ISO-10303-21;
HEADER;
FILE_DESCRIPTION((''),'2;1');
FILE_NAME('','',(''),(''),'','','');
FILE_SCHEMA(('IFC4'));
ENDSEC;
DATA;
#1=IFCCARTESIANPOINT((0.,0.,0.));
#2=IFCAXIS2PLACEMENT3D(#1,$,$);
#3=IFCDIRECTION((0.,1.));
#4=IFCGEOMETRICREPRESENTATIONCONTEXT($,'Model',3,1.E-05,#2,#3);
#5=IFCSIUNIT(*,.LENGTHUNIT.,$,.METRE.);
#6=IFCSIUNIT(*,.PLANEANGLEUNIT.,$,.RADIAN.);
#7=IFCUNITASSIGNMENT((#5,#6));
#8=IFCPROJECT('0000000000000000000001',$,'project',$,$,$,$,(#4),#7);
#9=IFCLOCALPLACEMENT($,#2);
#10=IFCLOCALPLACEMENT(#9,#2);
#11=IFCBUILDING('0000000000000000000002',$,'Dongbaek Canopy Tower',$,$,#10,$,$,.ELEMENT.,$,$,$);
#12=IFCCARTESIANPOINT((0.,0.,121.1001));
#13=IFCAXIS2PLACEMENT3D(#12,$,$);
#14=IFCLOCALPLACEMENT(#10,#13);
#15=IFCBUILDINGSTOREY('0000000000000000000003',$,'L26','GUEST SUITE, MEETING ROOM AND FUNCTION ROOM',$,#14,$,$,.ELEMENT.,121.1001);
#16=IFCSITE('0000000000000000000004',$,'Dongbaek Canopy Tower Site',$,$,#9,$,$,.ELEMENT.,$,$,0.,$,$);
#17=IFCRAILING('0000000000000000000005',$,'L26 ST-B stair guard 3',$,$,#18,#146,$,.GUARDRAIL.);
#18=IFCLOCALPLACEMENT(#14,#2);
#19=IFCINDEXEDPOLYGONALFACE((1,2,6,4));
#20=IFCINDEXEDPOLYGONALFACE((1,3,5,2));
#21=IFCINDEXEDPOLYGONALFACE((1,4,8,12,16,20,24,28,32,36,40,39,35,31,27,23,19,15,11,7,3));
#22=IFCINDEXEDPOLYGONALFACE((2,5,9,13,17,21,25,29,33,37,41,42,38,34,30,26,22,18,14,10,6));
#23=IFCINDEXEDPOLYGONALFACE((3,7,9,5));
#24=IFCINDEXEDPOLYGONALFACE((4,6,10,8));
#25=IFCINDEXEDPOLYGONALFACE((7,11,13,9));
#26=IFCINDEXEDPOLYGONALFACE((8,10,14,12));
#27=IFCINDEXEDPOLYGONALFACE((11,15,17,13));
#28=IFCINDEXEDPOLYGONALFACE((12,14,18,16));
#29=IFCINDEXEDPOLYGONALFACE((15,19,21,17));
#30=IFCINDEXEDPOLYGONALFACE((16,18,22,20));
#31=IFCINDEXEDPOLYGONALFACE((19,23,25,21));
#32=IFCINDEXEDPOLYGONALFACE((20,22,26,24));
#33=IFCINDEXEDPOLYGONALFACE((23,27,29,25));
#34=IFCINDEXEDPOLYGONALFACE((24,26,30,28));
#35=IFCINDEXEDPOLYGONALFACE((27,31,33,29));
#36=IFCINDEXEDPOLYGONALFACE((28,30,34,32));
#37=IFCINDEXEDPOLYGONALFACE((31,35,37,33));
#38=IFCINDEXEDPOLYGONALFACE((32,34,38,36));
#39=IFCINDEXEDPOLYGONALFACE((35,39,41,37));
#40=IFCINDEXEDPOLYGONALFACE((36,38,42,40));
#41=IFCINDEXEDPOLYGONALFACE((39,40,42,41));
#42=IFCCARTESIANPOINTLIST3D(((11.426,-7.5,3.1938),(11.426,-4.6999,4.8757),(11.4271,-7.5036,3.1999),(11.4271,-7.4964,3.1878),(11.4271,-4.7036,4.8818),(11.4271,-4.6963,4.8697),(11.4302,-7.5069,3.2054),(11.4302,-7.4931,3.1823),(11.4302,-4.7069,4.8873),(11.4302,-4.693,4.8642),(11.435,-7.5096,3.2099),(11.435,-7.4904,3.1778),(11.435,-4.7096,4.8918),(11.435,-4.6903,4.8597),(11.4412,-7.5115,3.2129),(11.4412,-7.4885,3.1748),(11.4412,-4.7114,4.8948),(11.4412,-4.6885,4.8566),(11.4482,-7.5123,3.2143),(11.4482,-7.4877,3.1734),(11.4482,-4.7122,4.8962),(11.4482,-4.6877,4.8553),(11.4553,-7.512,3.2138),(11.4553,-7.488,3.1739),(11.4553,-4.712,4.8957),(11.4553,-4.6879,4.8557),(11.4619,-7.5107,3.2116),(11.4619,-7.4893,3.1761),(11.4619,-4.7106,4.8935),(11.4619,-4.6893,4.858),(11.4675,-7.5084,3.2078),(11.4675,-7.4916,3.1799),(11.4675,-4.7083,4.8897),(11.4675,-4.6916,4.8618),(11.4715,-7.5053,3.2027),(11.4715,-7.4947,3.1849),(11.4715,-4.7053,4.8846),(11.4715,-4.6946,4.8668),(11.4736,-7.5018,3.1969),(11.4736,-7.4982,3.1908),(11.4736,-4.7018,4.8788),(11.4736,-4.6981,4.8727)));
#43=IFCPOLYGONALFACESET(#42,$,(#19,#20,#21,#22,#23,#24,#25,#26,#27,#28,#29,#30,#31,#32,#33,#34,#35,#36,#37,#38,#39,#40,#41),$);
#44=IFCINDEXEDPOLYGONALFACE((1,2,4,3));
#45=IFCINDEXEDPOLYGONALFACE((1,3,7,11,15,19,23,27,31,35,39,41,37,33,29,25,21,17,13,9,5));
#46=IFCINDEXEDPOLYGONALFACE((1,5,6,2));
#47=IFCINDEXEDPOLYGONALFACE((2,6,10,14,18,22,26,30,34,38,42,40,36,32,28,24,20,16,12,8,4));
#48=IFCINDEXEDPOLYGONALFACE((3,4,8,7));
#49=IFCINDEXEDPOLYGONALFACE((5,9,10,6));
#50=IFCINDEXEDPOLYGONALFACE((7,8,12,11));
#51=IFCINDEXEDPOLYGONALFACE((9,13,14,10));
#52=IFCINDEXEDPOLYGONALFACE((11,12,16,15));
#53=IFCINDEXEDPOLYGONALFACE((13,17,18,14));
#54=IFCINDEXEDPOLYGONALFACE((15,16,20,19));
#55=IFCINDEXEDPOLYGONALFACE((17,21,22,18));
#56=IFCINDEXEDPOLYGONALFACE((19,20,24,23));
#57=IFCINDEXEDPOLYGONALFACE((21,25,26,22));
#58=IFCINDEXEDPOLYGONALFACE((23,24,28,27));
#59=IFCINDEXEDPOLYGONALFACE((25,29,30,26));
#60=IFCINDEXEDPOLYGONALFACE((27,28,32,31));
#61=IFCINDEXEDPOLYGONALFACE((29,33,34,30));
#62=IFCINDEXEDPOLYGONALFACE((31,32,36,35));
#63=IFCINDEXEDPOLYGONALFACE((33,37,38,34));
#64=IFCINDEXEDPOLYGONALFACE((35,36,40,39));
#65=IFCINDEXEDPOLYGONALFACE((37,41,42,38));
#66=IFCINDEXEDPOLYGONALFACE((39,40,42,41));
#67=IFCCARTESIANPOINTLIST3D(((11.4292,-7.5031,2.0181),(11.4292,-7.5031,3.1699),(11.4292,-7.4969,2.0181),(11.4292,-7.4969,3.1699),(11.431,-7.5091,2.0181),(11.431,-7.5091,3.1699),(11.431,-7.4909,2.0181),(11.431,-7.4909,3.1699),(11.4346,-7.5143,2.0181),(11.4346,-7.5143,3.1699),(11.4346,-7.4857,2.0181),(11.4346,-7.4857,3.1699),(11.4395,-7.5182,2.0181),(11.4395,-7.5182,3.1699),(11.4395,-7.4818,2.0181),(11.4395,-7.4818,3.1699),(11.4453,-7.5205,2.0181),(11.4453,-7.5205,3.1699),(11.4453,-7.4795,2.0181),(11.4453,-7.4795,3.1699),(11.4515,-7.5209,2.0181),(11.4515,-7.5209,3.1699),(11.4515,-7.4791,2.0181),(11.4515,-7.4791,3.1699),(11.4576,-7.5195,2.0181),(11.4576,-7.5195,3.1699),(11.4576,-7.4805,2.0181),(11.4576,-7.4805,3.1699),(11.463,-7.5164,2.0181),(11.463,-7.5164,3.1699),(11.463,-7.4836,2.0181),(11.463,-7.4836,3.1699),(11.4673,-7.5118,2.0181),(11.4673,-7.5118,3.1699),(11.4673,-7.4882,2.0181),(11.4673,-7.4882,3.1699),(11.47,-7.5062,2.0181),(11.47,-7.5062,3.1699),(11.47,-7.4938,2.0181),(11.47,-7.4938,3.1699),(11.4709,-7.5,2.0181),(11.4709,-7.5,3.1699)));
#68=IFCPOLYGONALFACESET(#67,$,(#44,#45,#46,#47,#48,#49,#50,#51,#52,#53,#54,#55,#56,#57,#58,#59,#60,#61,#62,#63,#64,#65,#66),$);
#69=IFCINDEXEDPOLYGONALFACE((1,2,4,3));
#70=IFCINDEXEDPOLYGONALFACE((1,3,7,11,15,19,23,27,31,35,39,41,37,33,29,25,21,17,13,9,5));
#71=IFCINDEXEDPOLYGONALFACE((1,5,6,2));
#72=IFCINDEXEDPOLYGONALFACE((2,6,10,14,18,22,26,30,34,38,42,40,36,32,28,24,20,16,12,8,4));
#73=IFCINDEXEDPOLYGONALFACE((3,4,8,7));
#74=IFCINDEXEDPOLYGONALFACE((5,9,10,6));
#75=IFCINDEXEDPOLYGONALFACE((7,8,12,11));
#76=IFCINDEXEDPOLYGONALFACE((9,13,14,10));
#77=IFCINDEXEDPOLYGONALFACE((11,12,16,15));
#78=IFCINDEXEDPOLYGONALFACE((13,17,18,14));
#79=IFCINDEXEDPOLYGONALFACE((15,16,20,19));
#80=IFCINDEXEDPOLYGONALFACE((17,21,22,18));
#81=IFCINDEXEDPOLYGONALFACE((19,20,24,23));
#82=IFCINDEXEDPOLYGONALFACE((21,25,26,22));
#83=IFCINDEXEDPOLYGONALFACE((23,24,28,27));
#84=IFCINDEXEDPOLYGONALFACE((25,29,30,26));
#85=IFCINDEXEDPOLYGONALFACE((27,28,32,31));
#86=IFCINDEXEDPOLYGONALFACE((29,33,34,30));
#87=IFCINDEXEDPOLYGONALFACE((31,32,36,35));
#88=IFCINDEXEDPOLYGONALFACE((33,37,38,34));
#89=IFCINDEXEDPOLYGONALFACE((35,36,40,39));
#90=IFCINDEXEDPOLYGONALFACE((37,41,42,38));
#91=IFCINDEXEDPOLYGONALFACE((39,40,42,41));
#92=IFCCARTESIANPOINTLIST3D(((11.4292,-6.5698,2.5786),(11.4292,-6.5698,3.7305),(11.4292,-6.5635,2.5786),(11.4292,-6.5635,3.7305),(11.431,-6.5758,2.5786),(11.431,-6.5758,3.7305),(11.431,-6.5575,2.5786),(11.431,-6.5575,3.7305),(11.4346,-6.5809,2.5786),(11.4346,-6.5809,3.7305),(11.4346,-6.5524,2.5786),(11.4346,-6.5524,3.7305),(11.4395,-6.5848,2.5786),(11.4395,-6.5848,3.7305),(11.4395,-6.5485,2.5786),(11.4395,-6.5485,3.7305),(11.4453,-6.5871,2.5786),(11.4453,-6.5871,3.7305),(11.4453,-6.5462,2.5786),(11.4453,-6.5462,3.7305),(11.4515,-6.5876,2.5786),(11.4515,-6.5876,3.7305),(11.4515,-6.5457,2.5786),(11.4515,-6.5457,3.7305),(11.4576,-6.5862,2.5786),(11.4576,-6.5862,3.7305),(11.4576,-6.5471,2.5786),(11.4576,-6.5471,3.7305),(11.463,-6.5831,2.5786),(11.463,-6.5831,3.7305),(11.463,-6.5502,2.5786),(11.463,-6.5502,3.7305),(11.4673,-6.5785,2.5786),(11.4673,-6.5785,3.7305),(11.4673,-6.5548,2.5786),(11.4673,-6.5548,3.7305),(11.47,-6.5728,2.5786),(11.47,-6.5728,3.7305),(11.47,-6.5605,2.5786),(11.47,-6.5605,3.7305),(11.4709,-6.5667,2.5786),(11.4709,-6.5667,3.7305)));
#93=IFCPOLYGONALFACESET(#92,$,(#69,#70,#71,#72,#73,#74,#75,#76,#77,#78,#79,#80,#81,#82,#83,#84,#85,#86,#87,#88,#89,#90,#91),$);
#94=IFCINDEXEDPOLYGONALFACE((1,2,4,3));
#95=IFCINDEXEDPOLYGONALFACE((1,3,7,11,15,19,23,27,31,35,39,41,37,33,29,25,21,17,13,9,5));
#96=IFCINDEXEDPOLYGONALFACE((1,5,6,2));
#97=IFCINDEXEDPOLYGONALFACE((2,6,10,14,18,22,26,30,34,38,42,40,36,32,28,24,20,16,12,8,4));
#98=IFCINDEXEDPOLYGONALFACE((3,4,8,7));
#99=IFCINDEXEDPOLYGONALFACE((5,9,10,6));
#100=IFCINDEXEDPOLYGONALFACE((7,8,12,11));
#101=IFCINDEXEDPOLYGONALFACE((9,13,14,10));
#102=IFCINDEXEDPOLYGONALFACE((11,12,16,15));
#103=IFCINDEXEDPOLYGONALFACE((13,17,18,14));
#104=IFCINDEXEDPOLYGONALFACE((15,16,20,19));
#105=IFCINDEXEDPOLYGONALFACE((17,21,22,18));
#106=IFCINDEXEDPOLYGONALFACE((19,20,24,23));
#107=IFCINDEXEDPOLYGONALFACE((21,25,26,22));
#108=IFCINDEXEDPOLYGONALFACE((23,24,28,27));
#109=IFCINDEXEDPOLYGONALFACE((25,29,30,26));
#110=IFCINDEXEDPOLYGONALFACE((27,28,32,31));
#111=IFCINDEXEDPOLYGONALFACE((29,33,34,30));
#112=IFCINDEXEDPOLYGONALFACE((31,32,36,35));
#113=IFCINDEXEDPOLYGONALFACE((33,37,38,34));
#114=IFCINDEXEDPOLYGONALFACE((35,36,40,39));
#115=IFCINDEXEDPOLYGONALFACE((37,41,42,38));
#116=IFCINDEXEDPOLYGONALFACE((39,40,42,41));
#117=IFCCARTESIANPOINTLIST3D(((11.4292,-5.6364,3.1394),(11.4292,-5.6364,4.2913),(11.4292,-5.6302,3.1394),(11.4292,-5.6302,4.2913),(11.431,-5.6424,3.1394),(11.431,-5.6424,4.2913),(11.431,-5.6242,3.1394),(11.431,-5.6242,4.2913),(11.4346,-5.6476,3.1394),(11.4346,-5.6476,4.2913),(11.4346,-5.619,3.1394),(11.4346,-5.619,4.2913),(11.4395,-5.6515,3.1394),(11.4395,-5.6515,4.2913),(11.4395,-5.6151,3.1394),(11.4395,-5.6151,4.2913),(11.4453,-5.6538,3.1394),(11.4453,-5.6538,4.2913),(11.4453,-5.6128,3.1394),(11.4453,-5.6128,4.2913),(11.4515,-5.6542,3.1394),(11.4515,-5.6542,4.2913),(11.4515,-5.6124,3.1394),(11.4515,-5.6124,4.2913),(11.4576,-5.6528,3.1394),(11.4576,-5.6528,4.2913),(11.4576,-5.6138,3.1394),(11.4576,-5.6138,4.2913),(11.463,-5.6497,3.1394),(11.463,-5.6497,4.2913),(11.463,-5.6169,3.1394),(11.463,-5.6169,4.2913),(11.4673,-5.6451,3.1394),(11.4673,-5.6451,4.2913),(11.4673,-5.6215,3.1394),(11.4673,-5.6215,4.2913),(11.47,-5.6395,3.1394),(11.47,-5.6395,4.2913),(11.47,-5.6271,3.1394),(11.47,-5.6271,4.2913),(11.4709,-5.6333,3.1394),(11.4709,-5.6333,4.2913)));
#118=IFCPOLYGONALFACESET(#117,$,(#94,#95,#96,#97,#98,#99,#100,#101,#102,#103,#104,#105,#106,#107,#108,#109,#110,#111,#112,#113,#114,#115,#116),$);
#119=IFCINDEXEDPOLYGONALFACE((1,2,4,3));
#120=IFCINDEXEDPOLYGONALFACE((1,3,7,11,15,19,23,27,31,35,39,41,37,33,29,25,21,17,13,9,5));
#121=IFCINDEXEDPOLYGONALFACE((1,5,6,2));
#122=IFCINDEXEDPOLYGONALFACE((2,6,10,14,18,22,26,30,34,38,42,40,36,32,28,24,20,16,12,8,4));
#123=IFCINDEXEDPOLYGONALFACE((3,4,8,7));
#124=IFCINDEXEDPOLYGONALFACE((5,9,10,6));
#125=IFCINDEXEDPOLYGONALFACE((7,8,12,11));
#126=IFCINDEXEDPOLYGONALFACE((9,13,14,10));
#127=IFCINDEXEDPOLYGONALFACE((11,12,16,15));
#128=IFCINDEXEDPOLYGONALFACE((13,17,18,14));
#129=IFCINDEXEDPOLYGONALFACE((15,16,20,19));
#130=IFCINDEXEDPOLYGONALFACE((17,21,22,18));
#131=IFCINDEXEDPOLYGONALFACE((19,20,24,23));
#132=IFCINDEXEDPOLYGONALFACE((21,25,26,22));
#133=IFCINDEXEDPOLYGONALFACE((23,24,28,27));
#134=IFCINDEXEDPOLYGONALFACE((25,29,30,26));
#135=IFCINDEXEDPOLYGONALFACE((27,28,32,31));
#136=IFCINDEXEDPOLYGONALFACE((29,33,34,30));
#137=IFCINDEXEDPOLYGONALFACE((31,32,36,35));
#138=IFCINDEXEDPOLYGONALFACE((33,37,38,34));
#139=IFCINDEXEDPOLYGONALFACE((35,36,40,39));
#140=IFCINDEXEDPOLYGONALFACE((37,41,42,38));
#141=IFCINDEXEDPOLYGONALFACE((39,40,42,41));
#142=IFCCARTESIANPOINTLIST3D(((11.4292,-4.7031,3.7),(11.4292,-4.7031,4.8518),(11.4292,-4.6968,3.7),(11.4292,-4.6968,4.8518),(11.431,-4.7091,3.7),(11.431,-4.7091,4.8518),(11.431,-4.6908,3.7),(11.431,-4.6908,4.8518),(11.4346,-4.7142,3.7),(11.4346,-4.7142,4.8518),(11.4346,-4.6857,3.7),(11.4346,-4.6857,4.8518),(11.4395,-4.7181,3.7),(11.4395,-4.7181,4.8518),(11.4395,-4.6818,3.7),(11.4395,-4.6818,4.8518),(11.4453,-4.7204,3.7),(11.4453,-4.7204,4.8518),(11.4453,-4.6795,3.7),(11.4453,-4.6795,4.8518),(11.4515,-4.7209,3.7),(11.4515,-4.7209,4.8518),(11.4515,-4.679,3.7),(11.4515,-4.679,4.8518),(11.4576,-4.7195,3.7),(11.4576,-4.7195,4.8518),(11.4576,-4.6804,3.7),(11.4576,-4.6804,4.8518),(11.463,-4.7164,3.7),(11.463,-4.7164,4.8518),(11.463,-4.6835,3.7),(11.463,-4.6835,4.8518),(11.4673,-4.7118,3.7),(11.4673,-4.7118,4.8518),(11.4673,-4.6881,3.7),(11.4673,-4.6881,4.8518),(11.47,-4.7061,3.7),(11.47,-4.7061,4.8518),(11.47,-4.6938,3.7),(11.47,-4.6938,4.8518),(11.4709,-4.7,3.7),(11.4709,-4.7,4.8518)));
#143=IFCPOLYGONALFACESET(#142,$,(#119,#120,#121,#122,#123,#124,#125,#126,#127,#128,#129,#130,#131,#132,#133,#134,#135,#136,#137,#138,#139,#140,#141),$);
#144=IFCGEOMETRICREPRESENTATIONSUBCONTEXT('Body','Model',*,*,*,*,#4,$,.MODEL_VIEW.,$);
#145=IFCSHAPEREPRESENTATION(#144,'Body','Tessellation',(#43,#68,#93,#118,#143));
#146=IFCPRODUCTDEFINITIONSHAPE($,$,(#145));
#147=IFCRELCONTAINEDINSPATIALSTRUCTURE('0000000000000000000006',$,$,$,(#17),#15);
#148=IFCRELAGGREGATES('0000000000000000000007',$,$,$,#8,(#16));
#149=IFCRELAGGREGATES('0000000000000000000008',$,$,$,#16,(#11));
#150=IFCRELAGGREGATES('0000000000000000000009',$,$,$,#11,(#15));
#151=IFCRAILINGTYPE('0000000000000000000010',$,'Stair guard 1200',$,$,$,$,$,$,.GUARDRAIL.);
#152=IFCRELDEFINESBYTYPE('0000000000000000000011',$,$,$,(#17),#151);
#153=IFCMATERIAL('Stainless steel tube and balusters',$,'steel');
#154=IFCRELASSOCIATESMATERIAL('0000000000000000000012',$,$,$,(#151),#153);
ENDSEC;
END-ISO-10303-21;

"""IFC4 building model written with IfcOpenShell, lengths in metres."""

from ifc_helpers import new_model, si_unit, direction, frame, origin, origin_2d, place, context, subcontext, project, spatial, circle, extrude, material, type_object, element, save


model = new_model("IFC4")

# Units and contexts
model_context = context("Model", 3, precision=1e-05, world=origin(), true_north=direction((0.0, 1.0)))
body_context = subcontext(model_context, "Body", "Model", "MODEL_VIEW")
ifc_project = project(units=[si_unit("LENGTHUNIT", "METRE"), si_unit("PLANEANGLEUNIT", "RADIAN")], contexts=[model_context])

# Site, building, storey
site_placement = place(None, origin())
site = spatial("IfcSite", under=ifc_project, at=site_placement, Name="Dongbaek Canopy Tower Site", CompositionType="ELEMENT", RefElevation=0.0)
building_placement = place(site_placement, origin())
building = spatial("IfcBuilding", under=site, at=building_placement, Name="Dongbaek Canopy Tower", CompositionType="ELEMENT")
storey_placement = place(building_placement, frame((0.0, 0.0, 121.1001)))
storey = spatial("IfcBuildingStorey", under=building, at=storey_placement, Name="L26", Description="GUEST SUITE, MEETING ROOM AND FUNCTION ROOM", CompositionType="ELEMENT", Elevation=121.1001)

# Railing
ifc_material_1 = material(Name="Stainless steel tube and balusters", Category="steel")
railing_type_1 = type_object("IfcRailingType", Name="Stair guard 1200", PredefinedType="GUARDRAIL", material=ifc_material_1)
railing_1_placement = place(storey_placement, frame((11.45, -7.5, 2.0181)))
element("IfcRailing", 1, at=railing_1_placement, inside=storey, type_object=railing_type_1, Name="L26 ST-B stair guard 3", PredefinedType="GUARDRAIL", context=body_context, shape_type="SweptSolid", body=[
    extrude(circle(Radius=0.0239, at=origin_2d()), frame((0.0, 0.0, 1.1758), z_axis=(0.0, 0.857242, 0.514913), x_axis=(-1.0, 0.0, 0.0)), (0.0, 0.0, 1.0), 3.2664),
    extrude(circle(Radius=0.021, at=origin_2d()), origin(), (0.0, 0.0, 1.0), 1.1519),
    extrude(circle(Radius=0.021, at=origin_2d()), frame((0.0, 0.9333, 0.5605)), (0.0, 0.0, 1.0), 1.1519),
    extrude(circle(Radius=0.021, at=origin_2d()), frame((0.0, 1.8667, 1.1213)), (0.0, 0.0, 1.0), 1.1519),
    extrude(circle(Radius=0.021, at=origin_2d()), frame((0.0, 2.8, 1.6819)), (0.0, 0.0, 1.0), 1.1519),
])

save(model, "model.ifc")
